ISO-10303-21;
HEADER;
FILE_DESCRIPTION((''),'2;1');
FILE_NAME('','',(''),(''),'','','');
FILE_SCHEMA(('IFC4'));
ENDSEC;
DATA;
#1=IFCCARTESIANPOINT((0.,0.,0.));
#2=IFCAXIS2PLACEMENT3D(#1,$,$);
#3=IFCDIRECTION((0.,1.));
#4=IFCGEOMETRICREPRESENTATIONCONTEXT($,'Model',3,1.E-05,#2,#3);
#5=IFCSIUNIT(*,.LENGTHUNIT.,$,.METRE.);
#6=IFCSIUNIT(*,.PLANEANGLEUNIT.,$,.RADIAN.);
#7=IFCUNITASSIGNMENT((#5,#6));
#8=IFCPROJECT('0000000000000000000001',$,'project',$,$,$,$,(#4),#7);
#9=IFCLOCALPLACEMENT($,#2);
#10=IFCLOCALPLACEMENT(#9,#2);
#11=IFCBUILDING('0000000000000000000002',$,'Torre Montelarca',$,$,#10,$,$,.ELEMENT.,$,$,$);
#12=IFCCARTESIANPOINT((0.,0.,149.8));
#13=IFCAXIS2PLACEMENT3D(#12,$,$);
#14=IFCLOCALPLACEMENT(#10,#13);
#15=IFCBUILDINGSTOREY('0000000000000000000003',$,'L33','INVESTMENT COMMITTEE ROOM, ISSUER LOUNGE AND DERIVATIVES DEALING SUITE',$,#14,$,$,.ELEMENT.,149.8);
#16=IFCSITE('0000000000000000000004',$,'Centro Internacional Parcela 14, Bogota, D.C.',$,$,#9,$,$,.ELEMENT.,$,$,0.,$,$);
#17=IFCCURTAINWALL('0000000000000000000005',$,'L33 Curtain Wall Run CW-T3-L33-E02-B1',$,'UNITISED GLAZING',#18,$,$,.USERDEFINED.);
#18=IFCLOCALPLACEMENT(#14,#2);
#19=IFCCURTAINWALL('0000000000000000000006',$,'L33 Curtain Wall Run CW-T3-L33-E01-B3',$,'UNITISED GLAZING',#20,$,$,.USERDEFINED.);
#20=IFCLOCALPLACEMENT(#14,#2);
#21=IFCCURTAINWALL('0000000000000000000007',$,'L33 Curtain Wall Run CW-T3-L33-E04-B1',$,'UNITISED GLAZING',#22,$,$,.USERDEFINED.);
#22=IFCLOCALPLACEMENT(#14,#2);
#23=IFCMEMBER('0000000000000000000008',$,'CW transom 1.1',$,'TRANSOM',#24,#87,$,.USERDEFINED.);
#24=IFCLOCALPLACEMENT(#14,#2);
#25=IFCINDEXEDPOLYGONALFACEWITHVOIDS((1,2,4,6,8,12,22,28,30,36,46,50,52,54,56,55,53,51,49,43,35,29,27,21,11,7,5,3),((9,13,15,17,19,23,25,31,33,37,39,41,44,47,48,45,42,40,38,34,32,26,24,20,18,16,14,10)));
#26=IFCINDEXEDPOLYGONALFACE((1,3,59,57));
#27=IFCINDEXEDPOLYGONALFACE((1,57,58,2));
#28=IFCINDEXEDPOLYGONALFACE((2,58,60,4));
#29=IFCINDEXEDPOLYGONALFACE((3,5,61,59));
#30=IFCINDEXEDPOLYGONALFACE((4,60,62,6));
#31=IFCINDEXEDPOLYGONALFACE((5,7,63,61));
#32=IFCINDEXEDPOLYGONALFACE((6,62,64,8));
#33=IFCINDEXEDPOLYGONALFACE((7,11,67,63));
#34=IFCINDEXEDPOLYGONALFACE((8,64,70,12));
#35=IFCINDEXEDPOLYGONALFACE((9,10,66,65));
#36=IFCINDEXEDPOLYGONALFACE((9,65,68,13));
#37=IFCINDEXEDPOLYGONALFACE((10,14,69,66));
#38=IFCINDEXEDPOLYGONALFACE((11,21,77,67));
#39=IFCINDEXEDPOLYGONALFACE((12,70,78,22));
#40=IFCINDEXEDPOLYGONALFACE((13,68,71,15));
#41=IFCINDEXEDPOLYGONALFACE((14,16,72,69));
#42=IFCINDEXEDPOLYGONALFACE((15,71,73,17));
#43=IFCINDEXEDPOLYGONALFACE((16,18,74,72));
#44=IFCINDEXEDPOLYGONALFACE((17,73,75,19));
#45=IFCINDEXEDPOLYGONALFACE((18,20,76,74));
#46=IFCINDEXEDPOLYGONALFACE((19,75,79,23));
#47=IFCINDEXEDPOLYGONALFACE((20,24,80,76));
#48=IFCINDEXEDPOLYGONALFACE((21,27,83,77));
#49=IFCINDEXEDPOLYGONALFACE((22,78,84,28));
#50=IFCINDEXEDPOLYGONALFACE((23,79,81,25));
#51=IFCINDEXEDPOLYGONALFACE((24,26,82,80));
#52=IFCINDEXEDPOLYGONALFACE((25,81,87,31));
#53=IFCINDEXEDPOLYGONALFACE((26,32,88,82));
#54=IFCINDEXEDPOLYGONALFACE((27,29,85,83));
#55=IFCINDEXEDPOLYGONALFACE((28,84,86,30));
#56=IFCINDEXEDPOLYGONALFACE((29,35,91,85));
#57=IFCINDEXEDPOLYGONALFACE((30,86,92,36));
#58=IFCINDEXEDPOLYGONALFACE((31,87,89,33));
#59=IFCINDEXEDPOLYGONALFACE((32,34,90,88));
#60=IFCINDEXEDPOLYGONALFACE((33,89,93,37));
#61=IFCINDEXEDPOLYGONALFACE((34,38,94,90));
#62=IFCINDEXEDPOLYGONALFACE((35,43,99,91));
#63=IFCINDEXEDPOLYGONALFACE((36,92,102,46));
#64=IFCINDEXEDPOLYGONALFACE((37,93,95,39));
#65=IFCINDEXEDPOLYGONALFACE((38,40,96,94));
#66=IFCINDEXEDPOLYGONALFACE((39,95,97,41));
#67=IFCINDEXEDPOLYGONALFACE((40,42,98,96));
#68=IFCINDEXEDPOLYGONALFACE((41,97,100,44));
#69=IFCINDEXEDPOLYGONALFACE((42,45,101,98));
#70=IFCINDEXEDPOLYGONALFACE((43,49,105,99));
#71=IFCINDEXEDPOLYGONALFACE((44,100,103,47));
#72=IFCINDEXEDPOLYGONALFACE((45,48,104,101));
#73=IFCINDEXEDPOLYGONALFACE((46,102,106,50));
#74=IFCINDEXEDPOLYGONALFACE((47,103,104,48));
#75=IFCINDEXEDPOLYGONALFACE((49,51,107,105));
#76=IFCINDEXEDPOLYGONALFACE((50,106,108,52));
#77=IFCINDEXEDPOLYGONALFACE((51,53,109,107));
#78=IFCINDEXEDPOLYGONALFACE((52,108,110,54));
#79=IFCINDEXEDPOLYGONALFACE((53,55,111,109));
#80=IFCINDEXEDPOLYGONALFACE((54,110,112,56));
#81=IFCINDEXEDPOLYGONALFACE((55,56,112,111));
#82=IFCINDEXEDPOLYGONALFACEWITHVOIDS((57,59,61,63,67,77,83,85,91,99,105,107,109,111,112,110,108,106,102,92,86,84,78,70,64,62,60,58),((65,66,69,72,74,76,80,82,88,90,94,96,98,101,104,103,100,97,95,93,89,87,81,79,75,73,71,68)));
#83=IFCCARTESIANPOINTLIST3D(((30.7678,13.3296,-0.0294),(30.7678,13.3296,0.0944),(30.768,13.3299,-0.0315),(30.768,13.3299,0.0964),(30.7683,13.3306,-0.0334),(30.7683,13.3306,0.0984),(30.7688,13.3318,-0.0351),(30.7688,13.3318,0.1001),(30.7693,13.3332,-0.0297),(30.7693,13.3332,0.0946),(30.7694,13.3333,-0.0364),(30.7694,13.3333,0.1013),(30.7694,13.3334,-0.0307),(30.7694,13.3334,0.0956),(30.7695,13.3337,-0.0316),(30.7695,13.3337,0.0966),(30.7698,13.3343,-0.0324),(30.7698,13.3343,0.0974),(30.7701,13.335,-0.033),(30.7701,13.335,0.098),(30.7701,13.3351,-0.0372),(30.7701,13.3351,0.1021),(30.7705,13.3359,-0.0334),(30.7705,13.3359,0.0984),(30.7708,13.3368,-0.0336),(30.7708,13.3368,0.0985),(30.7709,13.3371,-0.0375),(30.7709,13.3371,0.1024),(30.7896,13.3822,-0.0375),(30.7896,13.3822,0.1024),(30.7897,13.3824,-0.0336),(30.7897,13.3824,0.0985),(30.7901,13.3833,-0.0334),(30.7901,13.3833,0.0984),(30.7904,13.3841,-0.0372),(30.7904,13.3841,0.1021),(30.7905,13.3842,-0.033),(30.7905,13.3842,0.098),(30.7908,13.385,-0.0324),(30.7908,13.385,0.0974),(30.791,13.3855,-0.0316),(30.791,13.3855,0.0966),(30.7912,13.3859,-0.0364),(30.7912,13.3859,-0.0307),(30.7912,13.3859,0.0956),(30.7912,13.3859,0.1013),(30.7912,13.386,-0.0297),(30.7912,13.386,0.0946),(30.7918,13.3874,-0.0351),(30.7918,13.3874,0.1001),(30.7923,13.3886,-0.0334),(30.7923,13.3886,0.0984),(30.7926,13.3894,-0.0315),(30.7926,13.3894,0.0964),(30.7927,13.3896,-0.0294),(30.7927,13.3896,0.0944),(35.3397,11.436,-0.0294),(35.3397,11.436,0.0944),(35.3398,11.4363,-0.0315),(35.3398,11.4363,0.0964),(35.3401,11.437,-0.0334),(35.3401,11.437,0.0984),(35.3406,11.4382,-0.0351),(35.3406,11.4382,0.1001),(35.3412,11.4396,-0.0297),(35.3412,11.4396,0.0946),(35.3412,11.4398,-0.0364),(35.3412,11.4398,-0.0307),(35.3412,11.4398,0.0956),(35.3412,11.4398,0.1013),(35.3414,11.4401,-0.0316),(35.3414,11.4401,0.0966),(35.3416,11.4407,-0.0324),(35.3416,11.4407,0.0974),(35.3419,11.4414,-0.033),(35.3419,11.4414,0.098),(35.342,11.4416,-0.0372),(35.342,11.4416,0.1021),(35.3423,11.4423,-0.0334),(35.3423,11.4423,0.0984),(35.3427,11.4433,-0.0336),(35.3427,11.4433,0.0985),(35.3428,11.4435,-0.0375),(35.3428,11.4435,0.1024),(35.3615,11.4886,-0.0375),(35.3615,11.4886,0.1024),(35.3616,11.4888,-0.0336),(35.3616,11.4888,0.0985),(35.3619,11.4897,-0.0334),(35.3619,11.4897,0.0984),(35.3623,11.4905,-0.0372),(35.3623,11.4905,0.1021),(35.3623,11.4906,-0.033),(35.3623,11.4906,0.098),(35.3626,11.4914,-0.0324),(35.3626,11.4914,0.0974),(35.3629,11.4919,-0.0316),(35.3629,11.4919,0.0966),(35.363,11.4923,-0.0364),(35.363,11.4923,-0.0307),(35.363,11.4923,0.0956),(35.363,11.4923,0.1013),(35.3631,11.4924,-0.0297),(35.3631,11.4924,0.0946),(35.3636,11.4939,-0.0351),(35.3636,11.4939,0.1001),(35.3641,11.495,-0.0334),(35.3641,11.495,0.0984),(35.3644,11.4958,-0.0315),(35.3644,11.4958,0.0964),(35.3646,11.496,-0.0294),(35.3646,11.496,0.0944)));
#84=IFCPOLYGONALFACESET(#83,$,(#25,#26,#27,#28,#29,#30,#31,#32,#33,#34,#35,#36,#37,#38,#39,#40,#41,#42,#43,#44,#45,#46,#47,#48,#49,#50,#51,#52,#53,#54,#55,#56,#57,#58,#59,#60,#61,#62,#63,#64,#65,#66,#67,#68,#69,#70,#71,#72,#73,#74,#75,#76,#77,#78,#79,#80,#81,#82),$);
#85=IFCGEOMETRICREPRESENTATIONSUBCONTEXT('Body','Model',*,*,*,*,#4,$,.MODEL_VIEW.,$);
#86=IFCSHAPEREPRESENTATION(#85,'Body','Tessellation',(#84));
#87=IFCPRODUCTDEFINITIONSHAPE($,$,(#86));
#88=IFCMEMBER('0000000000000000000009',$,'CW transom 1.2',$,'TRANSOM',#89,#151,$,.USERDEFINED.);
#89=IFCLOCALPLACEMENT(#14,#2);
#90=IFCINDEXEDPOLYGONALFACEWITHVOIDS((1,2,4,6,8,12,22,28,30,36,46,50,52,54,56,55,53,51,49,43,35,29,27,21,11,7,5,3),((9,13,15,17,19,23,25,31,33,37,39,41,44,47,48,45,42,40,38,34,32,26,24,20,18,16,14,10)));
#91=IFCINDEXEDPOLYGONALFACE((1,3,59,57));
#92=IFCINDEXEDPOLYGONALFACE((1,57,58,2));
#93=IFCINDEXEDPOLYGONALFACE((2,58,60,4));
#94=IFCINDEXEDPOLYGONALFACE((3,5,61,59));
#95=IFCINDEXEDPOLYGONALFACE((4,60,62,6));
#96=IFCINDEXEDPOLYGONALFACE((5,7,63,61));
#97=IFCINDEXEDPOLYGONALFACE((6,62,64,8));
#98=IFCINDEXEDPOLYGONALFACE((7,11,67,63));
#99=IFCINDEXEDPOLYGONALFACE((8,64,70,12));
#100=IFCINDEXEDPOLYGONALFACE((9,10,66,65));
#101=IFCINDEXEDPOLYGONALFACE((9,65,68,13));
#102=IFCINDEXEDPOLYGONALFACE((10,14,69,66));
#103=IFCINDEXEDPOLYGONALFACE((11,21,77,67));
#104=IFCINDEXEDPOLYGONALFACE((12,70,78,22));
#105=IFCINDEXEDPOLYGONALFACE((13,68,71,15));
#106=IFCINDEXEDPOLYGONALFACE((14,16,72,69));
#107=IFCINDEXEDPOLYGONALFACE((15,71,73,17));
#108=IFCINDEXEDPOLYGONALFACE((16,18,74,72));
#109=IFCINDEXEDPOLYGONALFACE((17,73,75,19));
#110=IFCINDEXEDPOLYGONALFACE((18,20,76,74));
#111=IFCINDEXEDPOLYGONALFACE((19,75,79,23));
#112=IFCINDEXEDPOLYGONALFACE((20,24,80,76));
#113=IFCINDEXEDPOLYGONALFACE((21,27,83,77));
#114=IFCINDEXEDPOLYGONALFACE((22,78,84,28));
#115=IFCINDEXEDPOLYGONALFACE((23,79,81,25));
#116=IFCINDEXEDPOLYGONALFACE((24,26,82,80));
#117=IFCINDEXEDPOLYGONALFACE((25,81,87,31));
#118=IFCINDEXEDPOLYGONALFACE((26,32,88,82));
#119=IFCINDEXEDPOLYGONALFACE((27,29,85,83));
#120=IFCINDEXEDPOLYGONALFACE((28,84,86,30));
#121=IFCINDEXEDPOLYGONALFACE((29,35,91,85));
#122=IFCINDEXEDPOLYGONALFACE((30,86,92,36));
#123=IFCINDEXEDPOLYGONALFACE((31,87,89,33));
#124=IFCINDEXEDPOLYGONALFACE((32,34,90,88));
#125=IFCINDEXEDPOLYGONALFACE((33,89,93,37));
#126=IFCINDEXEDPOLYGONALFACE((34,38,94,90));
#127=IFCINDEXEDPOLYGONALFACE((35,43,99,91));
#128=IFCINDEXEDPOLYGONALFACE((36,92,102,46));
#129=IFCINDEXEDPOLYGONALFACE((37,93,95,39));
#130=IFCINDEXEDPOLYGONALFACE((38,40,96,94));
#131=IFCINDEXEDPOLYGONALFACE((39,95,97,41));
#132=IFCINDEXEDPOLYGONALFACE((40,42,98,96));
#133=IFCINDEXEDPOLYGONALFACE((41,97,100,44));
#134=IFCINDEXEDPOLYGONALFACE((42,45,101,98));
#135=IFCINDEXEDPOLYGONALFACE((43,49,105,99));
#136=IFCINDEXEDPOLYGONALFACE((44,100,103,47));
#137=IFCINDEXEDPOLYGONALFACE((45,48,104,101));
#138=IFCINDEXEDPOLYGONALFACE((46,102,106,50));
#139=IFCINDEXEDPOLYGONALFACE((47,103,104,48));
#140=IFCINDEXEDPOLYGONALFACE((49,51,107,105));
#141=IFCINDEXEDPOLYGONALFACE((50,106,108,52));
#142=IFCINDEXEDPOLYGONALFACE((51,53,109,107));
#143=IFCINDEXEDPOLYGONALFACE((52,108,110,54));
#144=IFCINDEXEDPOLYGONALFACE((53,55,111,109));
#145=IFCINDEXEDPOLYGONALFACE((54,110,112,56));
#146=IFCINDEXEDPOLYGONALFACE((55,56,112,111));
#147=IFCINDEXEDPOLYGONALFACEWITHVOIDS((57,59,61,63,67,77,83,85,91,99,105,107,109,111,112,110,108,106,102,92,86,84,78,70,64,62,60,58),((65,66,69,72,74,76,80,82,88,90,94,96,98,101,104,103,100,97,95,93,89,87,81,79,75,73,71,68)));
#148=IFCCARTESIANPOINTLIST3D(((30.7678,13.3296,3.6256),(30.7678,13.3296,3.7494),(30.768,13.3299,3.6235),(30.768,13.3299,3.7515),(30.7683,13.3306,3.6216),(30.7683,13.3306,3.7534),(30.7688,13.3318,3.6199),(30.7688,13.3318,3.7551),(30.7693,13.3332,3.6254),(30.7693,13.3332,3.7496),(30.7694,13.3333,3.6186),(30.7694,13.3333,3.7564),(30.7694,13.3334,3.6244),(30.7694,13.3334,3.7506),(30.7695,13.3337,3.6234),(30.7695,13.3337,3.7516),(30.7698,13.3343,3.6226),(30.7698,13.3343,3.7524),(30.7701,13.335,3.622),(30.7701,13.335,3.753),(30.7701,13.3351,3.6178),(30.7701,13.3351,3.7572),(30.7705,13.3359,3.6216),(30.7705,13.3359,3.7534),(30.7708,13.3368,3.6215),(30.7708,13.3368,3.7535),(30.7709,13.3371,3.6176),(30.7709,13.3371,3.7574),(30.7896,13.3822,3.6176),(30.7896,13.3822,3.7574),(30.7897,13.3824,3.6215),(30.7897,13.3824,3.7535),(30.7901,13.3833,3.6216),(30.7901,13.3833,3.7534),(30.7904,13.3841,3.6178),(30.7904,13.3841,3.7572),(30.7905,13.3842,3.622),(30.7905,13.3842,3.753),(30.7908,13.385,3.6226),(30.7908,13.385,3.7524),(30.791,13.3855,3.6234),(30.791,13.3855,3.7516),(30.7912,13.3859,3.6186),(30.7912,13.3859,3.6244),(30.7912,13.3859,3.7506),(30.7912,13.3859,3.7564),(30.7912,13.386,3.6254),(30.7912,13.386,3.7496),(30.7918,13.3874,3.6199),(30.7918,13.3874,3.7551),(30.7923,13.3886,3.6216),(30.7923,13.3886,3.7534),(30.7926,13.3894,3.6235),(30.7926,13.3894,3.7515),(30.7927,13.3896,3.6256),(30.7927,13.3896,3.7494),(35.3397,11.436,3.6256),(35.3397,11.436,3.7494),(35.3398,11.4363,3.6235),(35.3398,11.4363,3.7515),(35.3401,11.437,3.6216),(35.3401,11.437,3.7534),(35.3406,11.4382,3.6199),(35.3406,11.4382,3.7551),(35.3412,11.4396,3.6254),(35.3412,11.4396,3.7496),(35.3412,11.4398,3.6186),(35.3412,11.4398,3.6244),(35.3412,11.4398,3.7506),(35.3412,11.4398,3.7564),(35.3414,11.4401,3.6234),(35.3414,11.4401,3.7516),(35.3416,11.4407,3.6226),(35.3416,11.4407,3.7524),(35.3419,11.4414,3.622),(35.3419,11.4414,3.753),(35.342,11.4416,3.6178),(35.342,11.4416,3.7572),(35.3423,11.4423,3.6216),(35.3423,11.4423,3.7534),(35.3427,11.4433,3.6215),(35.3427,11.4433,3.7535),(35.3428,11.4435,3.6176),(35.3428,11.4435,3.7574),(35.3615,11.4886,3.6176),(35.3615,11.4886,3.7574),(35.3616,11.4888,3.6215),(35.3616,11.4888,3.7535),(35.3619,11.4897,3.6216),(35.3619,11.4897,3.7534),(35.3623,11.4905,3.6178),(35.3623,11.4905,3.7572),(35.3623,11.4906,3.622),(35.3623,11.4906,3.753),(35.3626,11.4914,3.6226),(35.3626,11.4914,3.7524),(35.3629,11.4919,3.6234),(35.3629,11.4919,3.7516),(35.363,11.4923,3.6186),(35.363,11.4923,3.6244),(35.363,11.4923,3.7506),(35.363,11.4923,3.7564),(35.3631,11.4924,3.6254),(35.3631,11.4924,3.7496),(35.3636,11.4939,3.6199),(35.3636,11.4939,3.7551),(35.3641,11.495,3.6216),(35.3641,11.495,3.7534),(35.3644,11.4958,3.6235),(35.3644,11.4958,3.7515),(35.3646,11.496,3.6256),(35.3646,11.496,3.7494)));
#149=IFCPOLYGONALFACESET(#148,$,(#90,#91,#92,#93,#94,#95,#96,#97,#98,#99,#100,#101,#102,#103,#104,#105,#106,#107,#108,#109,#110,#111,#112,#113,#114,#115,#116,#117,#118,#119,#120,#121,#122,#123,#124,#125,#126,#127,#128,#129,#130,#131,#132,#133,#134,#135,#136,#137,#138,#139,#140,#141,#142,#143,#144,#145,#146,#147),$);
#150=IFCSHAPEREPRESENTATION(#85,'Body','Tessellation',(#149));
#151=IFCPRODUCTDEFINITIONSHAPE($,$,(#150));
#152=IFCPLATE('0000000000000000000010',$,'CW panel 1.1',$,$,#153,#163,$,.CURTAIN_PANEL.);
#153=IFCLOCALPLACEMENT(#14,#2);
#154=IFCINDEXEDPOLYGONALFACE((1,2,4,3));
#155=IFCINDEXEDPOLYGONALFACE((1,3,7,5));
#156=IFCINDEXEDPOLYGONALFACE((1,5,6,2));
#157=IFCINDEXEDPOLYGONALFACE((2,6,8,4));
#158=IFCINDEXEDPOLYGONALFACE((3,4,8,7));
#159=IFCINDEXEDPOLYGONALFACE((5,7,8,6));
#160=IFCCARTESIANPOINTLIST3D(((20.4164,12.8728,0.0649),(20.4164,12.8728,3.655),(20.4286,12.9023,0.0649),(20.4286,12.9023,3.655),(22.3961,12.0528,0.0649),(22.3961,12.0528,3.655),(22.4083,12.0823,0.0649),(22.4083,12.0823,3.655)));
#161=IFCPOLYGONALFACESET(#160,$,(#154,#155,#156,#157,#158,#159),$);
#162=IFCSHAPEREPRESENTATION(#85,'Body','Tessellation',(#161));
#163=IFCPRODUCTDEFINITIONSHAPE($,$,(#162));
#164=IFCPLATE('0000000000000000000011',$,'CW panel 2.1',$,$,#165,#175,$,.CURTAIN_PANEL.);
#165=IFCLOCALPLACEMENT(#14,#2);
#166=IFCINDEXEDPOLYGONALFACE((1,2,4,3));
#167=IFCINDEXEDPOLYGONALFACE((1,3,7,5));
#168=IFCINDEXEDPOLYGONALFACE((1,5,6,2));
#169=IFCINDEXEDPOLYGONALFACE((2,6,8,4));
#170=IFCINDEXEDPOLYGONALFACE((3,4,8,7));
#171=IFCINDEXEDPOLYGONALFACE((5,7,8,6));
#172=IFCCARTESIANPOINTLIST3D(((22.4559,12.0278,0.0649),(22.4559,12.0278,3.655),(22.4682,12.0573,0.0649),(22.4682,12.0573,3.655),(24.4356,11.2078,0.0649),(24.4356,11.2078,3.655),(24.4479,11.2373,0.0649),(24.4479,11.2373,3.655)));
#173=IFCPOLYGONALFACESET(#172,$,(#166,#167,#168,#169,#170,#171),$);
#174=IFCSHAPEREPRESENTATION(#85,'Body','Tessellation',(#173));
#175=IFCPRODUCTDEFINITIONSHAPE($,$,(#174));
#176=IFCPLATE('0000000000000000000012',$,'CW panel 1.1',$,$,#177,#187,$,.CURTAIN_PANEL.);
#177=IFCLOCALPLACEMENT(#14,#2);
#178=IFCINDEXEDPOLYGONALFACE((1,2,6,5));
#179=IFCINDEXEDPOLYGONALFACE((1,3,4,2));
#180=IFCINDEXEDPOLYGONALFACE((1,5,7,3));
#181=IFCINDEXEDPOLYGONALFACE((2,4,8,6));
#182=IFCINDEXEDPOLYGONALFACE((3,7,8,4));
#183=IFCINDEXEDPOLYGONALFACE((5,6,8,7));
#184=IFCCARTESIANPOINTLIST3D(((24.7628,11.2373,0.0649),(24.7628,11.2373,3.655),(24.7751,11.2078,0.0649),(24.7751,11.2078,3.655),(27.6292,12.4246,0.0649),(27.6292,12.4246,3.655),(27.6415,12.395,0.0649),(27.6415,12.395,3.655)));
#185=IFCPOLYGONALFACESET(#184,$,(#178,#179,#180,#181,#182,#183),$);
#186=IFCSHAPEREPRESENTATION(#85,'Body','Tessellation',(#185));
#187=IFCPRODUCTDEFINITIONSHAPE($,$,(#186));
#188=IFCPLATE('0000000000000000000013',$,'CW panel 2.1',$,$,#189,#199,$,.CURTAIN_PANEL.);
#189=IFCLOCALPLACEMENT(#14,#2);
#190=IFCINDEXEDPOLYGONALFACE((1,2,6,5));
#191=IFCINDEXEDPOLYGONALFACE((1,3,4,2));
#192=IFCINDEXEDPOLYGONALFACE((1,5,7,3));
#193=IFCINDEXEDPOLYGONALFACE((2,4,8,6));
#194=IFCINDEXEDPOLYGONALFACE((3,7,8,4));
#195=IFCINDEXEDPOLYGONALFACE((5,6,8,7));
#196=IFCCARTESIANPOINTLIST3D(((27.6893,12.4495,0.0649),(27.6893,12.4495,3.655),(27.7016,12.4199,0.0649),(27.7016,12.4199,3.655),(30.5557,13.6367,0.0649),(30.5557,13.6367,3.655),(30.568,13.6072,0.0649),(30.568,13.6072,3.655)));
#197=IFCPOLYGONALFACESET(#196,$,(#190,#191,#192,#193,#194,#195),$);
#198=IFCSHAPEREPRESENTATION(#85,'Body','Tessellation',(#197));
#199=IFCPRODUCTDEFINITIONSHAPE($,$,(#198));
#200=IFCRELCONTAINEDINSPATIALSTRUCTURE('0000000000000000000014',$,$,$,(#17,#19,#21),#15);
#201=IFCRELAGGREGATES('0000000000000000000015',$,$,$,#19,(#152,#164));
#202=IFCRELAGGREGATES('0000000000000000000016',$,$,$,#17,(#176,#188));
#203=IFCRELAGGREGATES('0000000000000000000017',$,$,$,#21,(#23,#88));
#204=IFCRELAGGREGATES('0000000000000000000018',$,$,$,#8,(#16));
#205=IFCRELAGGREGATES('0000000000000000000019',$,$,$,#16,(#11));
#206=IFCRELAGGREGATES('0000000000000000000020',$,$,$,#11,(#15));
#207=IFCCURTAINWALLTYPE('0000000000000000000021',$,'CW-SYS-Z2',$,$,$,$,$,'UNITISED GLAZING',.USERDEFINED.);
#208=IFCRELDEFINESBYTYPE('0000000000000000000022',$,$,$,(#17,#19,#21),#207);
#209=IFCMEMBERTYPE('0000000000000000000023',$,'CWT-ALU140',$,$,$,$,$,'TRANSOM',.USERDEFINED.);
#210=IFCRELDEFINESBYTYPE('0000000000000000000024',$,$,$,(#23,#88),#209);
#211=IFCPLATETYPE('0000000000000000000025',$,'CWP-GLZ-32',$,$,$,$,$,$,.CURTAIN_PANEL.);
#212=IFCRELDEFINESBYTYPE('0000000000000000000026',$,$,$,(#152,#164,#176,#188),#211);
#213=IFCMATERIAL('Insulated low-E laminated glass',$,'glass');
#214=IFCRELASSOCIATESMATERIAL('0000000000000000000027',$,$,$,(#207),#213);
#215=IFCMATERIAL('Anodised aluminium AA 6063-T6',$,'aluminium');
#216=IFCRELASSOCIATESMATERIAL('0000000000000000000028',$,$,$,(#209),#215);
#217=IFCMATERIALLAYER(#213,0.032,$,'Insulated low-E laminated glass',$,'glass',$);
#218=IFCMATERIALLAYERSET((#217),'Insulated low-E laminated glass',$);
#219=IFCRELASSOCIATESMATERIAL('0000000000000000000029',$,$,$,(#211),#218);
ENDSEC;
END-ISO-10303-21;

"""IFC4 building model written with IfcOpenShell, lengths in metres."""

from ifc_helpers import new_model, si_unit, direction, frame, origin, origin_2d, place, context, subcontext, project, spatial, rectangle, hollow_rectangle, extrude, source, transform, mapped, material, layer, layer_set, material_profile, profile_set, type_object, element, aggregate, save


model = new_model("IFC4")

# Units and contexts
model_context = context("Model", 3, precision=1e-05, world=origin(), true_north=direction((0.0, 1.0)))
body_context = subcontext(model_context, "Body", "Model", "MODEL_VIEW")
ifc_project = project(units=[si_unit("LENGTHUNIT", "METRE"), si_unit("PLANEANGLEUNIT", "RADIAN")], contexts=[model_context])

# Site, building, storey
site_placement = place(None, origin())
site = spatial("IfcSite", under=ifc_project, at=site_placement, Name="Centro Internacional Parcela 14, Bogota, D.C.", CompositionType="ELEMENT", RefElevation=0.0)
building_placement = place(site_placement, origin())
building = spatial("IfcBuilding", under=site, at=building_placement, Name="Torre Montelarca", CompositionType="ELEMENT")
storey_placement = place(building_placement, frame((0.0, 0.0, 149.8)))
storey = spatial("IfcBuildingStorey", under=building, at=storey_placement, Name="L33", Description="INVESTMENT COMMITTEE ROOM, ISSUER LOUNGE AND DERIVATIVES DEALING SUITE", CompositionType="ELEMENT", Elevation=149.8)

# Curtain wall
ifc_material_1 = material(Name="Insulated low-E laminated glass", Category="glass")
curtain_wall_type = type_object("IfcCurtainWallType", Name="CW-SYS-Z2", ElementType="UNITISED GLAZING", PredefinedType="USERDEFINED", material=ifc_material_1)
curtain_wall_1_placement = place(storey_placement, origin())
curtain_wall_1 = element("IfcCurtainWall", 1, at=curtain_wall_1_placement, inside=storey, type_object=curtain_wall_type, Name="L33 Curtain Wall Run CW-T3-L33-E02-B1", ObjectType="UNITISED GLAZING", PredefinedType="USERDEFINED")
ifc_material_2 = material(Name="Anodised aluminium AA 6063-T6", Category="aluminium")
ifc_material_profile_1 = material_profile(ifc_material_2, hollow_rectangle(XDim=0.0649, YDim=0.1399, WallThickness=0.0039, InnerFilletRadius=0.0039, OuterFilletRadius=0.0081, at=origin_2d()), Name="ALU65X140X4", Category="aluminium")
ifc_profile_set_1 = profile_set([ifc_material_profile_1], Name="Anodised aluminium AA 6063-T6")
member_type_1 = type_object("IfcMemberType", Name="CWT-ALU140", ElementType="TRANSOM", PredefinedType="USERDEFINED", material=ifc_profile_set_1)

# Curtain wall
curtain_wall_2_placement = place(storey_placement, origin())
curtain_wall_2 = element("IfcCurtainWall", 2, at=curtain_wall_2_placement, inside=storey, type_object=curtain_wall_type, Name="L33 Curtain Wall Run CW-T3-L33-E01-B3", ObjectType="UNITISED GLAZING", PredefinedType="USERDEFINED")

# Curtain wall
curtain_wall_3_placement = place(storey_placement, origin())
curtain_wall_3 = element("IfcCurtainWall", 3, at=curtain_wall_3_placement, inside=storey, type_object=curtain_wall_type, Name="L33 Curtain Wall Run CW-T3-L33-E04-B1", ObjectType="UNITISED GLAZING", PredefinedType="USERDEFINED")

# Members
shared_shape_1 = source(origin(), body_context, "Body", "SweptSolid", [
    extrude(hollow_rectangle(XDim=0.0649, YDim=0.1399, WallThickness=0.0039, InnerFilletRadius=0.0039, OuterFilletRadius=0.0081, at=origin_2d()), origin(), (0.0, 0.0, 1.0), 4.9485),
])
member_1_placement = place(storey_placement, frame((30.7803, 13.3596, 0.0325), z_axis=(0.923889, -0.38266, 0.0), x_axis=(0.38266, 0.923889, 0.0)))
member_1 = element("IfcMember", 4, at=member_1_placement, type_object=member_type_1, Name="CW transom 1.1", ObjectType="TRANSOM", PredefinedType="USERDEFINED", context=body_context, shape_type="MappedRepresentation", body=[
    mapped(shared_shape_1, transform((0.0, 0.0, 0.0), scale=1.0)),
])
member_2_placement = place(storey_placement, frame((30.7803, 13.3596, 3.6875), z_axis=(0.923889, -0.38266, 0.0), x_axis=(0.38266, 0.923889, 0.0)))
member_2 = element("IfcMember", 5, at=member_2_placement, type_object=member_type_1, Name="CW transom 1.2", ObjectType="TRANSOM", PredefinedType="USERDEFINED", context=body_context, shape_type="MappedRepresentation", body=[
    mapped(shared_shape_1, transform((0.0, 0.0, 0.0), scale=1.0)),
])

# Plates
ifc_layer_1 = layer(ifc_material_1, 0.032, Name="Insulated low-E laminated glass", Category="glass")
ifc_layer_set_1 = layer_set([ifc_layer_1], Name="Insulated low-E laminated glass")
plate_type = type_object("IfcPlateType", Name="CWP-GLZ-32", PredefinedType="CURTAIN_PANEL", material=ifc_layer_set_1)
shared_shape_2 = source(origin(), body_context, "Body", "SweptSolid", [
    extrude(rectangle(XDim=2.1428, YDim=0.032, at=origin_2d()), origin(), (0.0, 0.0, 1.0), 3.5901),
])
plate_1_placement = place(storey_placement, frame((21.4124, 12.4775, 0.0649), z_axis=(0.0, 0.0, 1.0), x_axis=(0.923882, -0.382676, 0.0)))
plate_1 = element("IfcPlate", 6, at=plate_1_placement, type_object=plate_type, Name="CW panel 1.1", PredefinedType="CURTAIN_PANEL", context=body_context, shape_type="MappedRepresentation", body=[
    mapped(shared_shape_2, transform((0.0, 0.0, 0.0), scale=1.0)),
])
plate_2_placement = place(storey_placement, frame((23.4519, 11.6326, 0.0649), z_axis=(0.0, 0.0, 1.0), x_axis=(0.923882, -0.382676, 0.0)))
plate_2 = element("IfcPlate", 7, at=plate_2_placement, type_object=plate_type, Name="CW panel 2.1", PredefinedType="CURTAIN_PANEL", context=body_context, shape_type="MappedRepresentation", body=[
    mapped(shared_shape_2, transform((0.0, 0.0, 0.0), scale=1.0)),
])
aggregate(curtain_wall_2, [plate_1, plate_2])
shared_shape_3 = source(origin(), body_context, "Body", "SweptSolid", [
    extrude(rectangle(XDim=3.1025, YDim=0.032, at=origin_2d()), origin(), (0.0, 0.0, 1.0), 3.5901),
])
plate_3_placement = place(storey_placement, frame((26.2021, 11.8162, 0.0649), z_axis=(0.0, 0.0, 1.0), x_axis=(0.923885, 0.38267, 0.0)))
plate_3 = element("IfcPlate", 8, at=plate_3_placement, type_object=plate_type, Name="CW panel 1.1", PredefinedType="CURTAIN_PANEL", context=body_context, shape_type="MappedRepresentation", body=[
    mapped(shared_shape_3, transform((0.0, 0.0, 0.0), scale=1.0)),
])
plate_4_placement = place(storey_placement, frame((29.1287, 13.0283, 0.0649), z_axis=(0.0, 0.0, 1.0), x_axis=(0.923885, 0.38267, 0.0)))
plate_4 = element("IfcPlate", 9, at=plate_4_placement, type_object=plate_type, Name="CW panel 2.1", PredefinedType="CURTAIN_PANEL", context=body_context, shape_type="MappedRepresentation", body=[
    mapped(shared_shape_3, transform((0.0, 0.0, 0.0), scale=1.0)),
])
aggregate(curtain_wall_1, [plate_3, plate_4])
aggregate(curtain_wall_3, [member_1, member_2])

save(model, "model.ifc")
